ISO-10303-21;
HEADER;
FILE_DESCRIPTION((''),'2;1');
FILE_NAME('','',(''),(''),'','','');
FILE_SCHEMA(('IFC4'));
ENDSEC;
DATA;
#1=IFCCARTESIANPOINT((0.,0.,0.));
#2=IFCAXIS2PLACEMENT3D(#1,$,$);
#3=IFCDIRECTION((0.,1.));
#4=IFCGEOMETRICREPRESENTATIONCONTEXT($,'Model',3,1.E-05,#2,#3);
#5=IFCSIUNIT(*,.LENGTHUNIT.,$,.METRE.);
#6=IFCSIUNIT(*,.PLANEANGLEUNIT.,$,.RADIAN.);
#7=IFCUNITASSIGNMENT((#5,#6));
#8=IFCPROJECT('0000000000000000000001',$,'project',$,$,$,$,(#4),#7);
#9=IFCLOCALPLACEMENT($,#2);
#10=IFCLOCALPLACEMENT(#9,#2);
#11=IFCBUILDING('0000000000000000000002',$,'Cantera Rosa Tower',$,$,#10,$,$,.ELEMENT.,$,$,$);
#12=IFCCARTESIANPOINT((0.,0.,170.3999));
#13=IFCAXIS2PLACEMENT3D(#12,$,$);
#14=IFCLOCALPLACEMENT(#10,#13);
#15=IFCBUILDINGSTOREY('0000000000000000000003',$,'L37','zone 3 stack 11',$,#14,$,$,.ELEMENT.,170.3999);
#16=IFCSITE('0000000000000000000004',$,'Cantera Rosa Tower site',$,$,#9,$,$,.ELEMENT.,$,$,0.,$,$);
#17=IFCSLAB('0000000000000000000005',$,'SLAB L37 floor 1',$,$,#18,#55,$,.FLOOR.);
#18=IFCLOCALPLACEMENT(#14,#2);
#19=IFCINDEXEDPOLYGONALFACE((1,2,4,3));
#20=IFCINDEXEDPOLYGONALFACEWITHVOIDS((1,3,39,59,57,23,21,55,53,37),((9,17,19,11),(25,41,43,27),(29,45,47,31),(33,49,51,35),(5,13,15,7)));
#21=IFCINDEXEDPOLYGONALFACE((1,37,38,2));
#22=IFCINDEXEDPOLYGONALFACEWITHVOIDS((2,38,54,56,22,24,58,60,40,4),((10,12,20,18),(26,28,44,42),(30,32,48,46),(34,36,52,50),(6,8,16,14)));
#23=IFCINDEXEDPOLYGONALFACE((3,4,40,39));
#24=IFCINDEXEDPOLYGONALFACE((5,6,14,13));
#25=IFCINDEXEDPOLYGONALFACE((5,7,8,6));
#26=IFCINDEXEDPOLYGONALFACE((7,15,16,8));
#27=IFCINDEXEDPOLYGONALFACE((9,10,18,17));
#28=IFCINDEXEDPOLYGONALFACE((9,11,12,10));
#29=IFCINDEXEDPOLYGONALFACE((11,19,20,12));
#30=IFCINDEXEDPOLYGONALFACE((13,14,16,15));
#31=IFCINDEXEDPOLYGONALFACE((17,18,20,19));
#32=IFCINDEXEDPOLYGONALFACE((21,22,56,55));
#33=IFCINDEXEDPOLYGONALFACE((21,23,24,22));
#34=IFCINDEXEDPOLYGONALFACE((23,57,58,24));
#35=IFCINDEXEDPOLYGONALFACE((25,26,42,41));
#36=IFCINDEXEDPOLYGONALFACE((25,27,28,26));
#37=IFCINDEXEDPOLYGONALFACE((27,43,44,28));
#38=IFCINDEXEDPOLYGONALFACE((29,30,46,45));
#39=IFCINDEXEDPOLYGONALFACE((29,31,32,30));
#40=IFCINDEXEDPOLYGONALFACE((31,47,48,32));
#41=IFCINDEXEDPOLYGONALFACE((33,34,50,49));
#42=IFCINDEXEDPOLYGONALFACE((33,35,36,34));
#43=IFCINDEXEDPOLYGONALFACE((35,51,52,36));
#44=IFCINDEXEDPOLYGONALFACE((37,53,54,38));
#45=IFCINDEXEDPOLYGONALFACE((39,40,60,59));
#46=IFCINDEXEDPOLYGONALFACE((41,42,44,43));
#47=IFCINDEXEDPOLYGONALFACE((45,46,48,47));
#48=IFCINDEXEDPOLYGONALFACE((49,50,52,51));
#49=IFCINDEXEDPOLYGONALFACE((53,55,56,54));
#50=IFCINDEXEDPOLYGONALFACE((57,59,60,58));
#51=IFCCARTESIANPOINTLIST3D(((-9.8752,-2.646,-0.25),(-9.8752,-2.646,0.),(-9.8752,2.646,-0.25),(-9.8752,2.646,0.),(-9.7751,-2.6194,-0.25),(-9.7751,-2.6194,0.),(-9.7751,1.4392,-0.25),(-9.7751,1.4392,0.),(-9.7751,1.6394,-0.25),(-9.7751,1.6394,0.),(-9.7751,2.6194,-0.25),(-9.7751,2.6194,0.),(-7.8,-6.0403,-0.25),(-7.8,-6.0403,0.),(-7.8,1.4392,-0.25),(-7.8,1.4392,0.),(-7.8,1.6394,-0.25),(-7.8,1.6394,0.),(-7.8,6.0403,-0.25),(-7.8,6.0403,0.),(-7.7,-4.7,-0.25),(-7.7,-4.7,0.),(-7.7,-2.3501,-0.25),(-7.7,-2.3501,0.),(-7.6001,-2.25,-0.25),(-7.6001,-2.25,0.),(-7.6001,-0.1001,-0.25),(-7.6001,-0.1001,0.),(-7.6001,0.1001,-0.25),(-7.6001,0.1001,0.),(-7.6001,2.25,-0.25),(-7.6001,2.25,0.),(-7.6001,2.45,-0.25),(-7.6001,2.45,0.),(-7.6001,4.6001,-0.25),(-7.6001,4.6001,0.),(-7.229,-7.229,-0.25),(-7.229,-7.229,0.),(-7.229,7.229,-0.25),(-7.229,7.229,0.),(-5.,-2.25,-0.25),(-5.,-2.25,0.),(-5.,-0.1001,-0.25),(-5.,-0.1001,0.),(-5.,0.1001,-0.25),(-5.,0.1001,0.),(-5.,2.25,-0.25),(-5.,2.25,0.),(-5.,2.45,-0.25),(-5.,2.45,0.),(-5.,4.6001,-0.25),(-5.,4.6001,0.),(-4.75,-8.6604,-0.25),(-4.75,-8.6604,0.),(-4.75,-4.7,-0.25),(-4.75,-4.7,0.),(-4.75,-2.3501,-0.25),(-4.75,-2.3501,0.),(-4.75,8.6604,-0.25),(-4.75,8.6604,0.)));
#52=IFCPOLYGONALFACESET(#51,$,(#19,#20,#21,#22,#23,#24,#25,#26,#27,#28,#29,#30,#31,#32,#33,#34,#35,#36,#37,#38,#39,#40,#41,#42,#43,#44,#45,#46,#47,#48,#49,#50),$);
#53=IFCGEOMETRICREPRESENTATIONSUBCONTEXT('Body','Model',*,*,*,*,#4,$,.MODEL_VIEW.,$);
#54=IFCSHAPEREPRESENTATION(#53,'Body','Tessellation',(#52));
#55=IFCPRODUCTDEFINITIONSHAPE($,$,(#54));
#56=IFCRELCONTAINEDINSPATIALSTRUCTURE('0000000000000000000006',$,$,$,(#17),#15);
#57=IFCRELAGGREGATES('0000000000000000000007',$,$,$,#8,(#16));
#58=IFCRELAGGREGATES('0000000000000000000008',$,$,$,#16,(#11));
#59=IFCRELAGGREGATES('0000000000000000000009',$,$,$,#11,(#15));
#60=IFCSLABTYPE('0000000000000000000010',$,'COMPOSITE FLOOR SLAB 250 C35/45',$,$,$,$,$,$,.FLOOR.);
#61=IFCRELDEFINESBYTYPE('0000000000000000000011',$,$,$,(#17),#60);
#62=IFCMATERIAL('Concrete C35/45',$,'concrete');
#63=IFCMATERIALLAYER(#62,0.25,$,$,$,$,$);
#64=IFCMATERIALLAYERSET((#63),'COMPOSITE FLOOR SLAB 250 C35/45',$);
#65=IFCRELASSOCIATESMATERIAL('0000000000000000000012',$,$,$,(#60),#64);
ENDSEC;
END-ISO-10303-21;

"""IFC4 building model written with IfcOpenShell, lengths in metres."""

from ifc_helpers import new_model, si_unit, direction, frame, origin, place, context, subcontext, project, spatial, polyline, outline, extrude, material, layer, layer_set, type_object, element, save


model = new_model("IFC4")

# Units and contexts
model_context = context("Model", 3, precision=1e-05, world=origin(), true_north=direction((0.0, 1.0)))
body_context = subcontext(model_context, "Body", "Model", "MODEL_VIEW")
ifc_project = project(units=[si_unit("LENGTHUNIT", "METRE"), si_unit("PLANEANGLEUNIT", "RADIAN")], contexts=[model_context])

# Site, building, storey
site_placement = place(None, origin())
site = spatial("IfcSite", under=ifc_project, at=site_placement, Name="Cantera Rosa Tower site", CompositionType="ELEMENT", RefElevation=0.0)
building_placement = place(site_placement, origin())
building = spatial("IfcBuilding", under=site, at=building_placement, Name="Cantera Rosa Tower", CompositionType="ELEMENT")
storey_placement = place(building_placement, frame((0.0, 0.0, 170.3999)))
storey = spatial("IfcBuildingStorey", under=building, at=storey_placement, Name="L37", Description="zone 3 stack 11", CompositionType="ELEMENT", Elevation=170.3999)

# Slab
ifc_material_1 = material(Name="Concrete C35/45", Category="concrete")
ifc_layer_1 = layer(ifc_material_1, 0.25)
ifc_layer_set_1 = layer_set([ifc_layer_1], Name="COMPOSITE FLOOR SLAB 250 C35/45")
slab_type_1 = type_object("IfcSlabType", Name="COMPOSITE FLOOR SLAB 250 C35/45", PredefinedType="FLOOR", material=ifc_layer_set_1)
slab_1_placement = place(storey_placement, frame((0.0, 0.0, -0.25)))
element("IfcSlab", 1, at=slab_1_placement, inside=storey, type_object=slab_type_1, Name="SLAB L37 floor 1", PredefinedType="FLOOR", context=body_context, shape_type="SweptSolid", body=[
    extrude(outline(polyline([(-4.75, 8.6604), (-4.75, -2.3501), (-7.7, -2.3501), (-7.7, -4.7), (-4.75, -4.7), (-4.75, -8.6604), (-7.229, -7.229), (-9.8752, -2.646), (-9.8752, 2.646), (-7.229, 7.229), (-4.75, 8.6604)]), holes=[polyline([(-9.7751, 1.4392), (-9.7751, -2.6194), (-7.8, -6.0403), (-7.8, 1.4392), (-9.7751, 1.4392)]), polyline([(-7.6001, -2.25), (-5.0, -2.25), (-5.0, -0.1001), (-7.6001, -0.1001), (-7.6001, -2.25)]), polyline([(-7.6001, 0.1001), (-5.0, 0.1001), (-5.0, 2.25), (-7.6001, 2.25), (-7.6001, 0.1001)]), polyline([(-7.6001, 2.45), (-5.0, 2.45), (-5.0, 4.6001), (-7.6001, 4.6001), (-7.6001, 2.45)]), polyline([(-9.7751, 2.6194), (-9.7751, 1.6394), (-7.8, 1.6394), (-7.8, 6.0403), (-9.7751, 2.6194)])]), origin(), (0.0, 0.0, 1.0), 0.25),
])

save(model, "model.ifc")
